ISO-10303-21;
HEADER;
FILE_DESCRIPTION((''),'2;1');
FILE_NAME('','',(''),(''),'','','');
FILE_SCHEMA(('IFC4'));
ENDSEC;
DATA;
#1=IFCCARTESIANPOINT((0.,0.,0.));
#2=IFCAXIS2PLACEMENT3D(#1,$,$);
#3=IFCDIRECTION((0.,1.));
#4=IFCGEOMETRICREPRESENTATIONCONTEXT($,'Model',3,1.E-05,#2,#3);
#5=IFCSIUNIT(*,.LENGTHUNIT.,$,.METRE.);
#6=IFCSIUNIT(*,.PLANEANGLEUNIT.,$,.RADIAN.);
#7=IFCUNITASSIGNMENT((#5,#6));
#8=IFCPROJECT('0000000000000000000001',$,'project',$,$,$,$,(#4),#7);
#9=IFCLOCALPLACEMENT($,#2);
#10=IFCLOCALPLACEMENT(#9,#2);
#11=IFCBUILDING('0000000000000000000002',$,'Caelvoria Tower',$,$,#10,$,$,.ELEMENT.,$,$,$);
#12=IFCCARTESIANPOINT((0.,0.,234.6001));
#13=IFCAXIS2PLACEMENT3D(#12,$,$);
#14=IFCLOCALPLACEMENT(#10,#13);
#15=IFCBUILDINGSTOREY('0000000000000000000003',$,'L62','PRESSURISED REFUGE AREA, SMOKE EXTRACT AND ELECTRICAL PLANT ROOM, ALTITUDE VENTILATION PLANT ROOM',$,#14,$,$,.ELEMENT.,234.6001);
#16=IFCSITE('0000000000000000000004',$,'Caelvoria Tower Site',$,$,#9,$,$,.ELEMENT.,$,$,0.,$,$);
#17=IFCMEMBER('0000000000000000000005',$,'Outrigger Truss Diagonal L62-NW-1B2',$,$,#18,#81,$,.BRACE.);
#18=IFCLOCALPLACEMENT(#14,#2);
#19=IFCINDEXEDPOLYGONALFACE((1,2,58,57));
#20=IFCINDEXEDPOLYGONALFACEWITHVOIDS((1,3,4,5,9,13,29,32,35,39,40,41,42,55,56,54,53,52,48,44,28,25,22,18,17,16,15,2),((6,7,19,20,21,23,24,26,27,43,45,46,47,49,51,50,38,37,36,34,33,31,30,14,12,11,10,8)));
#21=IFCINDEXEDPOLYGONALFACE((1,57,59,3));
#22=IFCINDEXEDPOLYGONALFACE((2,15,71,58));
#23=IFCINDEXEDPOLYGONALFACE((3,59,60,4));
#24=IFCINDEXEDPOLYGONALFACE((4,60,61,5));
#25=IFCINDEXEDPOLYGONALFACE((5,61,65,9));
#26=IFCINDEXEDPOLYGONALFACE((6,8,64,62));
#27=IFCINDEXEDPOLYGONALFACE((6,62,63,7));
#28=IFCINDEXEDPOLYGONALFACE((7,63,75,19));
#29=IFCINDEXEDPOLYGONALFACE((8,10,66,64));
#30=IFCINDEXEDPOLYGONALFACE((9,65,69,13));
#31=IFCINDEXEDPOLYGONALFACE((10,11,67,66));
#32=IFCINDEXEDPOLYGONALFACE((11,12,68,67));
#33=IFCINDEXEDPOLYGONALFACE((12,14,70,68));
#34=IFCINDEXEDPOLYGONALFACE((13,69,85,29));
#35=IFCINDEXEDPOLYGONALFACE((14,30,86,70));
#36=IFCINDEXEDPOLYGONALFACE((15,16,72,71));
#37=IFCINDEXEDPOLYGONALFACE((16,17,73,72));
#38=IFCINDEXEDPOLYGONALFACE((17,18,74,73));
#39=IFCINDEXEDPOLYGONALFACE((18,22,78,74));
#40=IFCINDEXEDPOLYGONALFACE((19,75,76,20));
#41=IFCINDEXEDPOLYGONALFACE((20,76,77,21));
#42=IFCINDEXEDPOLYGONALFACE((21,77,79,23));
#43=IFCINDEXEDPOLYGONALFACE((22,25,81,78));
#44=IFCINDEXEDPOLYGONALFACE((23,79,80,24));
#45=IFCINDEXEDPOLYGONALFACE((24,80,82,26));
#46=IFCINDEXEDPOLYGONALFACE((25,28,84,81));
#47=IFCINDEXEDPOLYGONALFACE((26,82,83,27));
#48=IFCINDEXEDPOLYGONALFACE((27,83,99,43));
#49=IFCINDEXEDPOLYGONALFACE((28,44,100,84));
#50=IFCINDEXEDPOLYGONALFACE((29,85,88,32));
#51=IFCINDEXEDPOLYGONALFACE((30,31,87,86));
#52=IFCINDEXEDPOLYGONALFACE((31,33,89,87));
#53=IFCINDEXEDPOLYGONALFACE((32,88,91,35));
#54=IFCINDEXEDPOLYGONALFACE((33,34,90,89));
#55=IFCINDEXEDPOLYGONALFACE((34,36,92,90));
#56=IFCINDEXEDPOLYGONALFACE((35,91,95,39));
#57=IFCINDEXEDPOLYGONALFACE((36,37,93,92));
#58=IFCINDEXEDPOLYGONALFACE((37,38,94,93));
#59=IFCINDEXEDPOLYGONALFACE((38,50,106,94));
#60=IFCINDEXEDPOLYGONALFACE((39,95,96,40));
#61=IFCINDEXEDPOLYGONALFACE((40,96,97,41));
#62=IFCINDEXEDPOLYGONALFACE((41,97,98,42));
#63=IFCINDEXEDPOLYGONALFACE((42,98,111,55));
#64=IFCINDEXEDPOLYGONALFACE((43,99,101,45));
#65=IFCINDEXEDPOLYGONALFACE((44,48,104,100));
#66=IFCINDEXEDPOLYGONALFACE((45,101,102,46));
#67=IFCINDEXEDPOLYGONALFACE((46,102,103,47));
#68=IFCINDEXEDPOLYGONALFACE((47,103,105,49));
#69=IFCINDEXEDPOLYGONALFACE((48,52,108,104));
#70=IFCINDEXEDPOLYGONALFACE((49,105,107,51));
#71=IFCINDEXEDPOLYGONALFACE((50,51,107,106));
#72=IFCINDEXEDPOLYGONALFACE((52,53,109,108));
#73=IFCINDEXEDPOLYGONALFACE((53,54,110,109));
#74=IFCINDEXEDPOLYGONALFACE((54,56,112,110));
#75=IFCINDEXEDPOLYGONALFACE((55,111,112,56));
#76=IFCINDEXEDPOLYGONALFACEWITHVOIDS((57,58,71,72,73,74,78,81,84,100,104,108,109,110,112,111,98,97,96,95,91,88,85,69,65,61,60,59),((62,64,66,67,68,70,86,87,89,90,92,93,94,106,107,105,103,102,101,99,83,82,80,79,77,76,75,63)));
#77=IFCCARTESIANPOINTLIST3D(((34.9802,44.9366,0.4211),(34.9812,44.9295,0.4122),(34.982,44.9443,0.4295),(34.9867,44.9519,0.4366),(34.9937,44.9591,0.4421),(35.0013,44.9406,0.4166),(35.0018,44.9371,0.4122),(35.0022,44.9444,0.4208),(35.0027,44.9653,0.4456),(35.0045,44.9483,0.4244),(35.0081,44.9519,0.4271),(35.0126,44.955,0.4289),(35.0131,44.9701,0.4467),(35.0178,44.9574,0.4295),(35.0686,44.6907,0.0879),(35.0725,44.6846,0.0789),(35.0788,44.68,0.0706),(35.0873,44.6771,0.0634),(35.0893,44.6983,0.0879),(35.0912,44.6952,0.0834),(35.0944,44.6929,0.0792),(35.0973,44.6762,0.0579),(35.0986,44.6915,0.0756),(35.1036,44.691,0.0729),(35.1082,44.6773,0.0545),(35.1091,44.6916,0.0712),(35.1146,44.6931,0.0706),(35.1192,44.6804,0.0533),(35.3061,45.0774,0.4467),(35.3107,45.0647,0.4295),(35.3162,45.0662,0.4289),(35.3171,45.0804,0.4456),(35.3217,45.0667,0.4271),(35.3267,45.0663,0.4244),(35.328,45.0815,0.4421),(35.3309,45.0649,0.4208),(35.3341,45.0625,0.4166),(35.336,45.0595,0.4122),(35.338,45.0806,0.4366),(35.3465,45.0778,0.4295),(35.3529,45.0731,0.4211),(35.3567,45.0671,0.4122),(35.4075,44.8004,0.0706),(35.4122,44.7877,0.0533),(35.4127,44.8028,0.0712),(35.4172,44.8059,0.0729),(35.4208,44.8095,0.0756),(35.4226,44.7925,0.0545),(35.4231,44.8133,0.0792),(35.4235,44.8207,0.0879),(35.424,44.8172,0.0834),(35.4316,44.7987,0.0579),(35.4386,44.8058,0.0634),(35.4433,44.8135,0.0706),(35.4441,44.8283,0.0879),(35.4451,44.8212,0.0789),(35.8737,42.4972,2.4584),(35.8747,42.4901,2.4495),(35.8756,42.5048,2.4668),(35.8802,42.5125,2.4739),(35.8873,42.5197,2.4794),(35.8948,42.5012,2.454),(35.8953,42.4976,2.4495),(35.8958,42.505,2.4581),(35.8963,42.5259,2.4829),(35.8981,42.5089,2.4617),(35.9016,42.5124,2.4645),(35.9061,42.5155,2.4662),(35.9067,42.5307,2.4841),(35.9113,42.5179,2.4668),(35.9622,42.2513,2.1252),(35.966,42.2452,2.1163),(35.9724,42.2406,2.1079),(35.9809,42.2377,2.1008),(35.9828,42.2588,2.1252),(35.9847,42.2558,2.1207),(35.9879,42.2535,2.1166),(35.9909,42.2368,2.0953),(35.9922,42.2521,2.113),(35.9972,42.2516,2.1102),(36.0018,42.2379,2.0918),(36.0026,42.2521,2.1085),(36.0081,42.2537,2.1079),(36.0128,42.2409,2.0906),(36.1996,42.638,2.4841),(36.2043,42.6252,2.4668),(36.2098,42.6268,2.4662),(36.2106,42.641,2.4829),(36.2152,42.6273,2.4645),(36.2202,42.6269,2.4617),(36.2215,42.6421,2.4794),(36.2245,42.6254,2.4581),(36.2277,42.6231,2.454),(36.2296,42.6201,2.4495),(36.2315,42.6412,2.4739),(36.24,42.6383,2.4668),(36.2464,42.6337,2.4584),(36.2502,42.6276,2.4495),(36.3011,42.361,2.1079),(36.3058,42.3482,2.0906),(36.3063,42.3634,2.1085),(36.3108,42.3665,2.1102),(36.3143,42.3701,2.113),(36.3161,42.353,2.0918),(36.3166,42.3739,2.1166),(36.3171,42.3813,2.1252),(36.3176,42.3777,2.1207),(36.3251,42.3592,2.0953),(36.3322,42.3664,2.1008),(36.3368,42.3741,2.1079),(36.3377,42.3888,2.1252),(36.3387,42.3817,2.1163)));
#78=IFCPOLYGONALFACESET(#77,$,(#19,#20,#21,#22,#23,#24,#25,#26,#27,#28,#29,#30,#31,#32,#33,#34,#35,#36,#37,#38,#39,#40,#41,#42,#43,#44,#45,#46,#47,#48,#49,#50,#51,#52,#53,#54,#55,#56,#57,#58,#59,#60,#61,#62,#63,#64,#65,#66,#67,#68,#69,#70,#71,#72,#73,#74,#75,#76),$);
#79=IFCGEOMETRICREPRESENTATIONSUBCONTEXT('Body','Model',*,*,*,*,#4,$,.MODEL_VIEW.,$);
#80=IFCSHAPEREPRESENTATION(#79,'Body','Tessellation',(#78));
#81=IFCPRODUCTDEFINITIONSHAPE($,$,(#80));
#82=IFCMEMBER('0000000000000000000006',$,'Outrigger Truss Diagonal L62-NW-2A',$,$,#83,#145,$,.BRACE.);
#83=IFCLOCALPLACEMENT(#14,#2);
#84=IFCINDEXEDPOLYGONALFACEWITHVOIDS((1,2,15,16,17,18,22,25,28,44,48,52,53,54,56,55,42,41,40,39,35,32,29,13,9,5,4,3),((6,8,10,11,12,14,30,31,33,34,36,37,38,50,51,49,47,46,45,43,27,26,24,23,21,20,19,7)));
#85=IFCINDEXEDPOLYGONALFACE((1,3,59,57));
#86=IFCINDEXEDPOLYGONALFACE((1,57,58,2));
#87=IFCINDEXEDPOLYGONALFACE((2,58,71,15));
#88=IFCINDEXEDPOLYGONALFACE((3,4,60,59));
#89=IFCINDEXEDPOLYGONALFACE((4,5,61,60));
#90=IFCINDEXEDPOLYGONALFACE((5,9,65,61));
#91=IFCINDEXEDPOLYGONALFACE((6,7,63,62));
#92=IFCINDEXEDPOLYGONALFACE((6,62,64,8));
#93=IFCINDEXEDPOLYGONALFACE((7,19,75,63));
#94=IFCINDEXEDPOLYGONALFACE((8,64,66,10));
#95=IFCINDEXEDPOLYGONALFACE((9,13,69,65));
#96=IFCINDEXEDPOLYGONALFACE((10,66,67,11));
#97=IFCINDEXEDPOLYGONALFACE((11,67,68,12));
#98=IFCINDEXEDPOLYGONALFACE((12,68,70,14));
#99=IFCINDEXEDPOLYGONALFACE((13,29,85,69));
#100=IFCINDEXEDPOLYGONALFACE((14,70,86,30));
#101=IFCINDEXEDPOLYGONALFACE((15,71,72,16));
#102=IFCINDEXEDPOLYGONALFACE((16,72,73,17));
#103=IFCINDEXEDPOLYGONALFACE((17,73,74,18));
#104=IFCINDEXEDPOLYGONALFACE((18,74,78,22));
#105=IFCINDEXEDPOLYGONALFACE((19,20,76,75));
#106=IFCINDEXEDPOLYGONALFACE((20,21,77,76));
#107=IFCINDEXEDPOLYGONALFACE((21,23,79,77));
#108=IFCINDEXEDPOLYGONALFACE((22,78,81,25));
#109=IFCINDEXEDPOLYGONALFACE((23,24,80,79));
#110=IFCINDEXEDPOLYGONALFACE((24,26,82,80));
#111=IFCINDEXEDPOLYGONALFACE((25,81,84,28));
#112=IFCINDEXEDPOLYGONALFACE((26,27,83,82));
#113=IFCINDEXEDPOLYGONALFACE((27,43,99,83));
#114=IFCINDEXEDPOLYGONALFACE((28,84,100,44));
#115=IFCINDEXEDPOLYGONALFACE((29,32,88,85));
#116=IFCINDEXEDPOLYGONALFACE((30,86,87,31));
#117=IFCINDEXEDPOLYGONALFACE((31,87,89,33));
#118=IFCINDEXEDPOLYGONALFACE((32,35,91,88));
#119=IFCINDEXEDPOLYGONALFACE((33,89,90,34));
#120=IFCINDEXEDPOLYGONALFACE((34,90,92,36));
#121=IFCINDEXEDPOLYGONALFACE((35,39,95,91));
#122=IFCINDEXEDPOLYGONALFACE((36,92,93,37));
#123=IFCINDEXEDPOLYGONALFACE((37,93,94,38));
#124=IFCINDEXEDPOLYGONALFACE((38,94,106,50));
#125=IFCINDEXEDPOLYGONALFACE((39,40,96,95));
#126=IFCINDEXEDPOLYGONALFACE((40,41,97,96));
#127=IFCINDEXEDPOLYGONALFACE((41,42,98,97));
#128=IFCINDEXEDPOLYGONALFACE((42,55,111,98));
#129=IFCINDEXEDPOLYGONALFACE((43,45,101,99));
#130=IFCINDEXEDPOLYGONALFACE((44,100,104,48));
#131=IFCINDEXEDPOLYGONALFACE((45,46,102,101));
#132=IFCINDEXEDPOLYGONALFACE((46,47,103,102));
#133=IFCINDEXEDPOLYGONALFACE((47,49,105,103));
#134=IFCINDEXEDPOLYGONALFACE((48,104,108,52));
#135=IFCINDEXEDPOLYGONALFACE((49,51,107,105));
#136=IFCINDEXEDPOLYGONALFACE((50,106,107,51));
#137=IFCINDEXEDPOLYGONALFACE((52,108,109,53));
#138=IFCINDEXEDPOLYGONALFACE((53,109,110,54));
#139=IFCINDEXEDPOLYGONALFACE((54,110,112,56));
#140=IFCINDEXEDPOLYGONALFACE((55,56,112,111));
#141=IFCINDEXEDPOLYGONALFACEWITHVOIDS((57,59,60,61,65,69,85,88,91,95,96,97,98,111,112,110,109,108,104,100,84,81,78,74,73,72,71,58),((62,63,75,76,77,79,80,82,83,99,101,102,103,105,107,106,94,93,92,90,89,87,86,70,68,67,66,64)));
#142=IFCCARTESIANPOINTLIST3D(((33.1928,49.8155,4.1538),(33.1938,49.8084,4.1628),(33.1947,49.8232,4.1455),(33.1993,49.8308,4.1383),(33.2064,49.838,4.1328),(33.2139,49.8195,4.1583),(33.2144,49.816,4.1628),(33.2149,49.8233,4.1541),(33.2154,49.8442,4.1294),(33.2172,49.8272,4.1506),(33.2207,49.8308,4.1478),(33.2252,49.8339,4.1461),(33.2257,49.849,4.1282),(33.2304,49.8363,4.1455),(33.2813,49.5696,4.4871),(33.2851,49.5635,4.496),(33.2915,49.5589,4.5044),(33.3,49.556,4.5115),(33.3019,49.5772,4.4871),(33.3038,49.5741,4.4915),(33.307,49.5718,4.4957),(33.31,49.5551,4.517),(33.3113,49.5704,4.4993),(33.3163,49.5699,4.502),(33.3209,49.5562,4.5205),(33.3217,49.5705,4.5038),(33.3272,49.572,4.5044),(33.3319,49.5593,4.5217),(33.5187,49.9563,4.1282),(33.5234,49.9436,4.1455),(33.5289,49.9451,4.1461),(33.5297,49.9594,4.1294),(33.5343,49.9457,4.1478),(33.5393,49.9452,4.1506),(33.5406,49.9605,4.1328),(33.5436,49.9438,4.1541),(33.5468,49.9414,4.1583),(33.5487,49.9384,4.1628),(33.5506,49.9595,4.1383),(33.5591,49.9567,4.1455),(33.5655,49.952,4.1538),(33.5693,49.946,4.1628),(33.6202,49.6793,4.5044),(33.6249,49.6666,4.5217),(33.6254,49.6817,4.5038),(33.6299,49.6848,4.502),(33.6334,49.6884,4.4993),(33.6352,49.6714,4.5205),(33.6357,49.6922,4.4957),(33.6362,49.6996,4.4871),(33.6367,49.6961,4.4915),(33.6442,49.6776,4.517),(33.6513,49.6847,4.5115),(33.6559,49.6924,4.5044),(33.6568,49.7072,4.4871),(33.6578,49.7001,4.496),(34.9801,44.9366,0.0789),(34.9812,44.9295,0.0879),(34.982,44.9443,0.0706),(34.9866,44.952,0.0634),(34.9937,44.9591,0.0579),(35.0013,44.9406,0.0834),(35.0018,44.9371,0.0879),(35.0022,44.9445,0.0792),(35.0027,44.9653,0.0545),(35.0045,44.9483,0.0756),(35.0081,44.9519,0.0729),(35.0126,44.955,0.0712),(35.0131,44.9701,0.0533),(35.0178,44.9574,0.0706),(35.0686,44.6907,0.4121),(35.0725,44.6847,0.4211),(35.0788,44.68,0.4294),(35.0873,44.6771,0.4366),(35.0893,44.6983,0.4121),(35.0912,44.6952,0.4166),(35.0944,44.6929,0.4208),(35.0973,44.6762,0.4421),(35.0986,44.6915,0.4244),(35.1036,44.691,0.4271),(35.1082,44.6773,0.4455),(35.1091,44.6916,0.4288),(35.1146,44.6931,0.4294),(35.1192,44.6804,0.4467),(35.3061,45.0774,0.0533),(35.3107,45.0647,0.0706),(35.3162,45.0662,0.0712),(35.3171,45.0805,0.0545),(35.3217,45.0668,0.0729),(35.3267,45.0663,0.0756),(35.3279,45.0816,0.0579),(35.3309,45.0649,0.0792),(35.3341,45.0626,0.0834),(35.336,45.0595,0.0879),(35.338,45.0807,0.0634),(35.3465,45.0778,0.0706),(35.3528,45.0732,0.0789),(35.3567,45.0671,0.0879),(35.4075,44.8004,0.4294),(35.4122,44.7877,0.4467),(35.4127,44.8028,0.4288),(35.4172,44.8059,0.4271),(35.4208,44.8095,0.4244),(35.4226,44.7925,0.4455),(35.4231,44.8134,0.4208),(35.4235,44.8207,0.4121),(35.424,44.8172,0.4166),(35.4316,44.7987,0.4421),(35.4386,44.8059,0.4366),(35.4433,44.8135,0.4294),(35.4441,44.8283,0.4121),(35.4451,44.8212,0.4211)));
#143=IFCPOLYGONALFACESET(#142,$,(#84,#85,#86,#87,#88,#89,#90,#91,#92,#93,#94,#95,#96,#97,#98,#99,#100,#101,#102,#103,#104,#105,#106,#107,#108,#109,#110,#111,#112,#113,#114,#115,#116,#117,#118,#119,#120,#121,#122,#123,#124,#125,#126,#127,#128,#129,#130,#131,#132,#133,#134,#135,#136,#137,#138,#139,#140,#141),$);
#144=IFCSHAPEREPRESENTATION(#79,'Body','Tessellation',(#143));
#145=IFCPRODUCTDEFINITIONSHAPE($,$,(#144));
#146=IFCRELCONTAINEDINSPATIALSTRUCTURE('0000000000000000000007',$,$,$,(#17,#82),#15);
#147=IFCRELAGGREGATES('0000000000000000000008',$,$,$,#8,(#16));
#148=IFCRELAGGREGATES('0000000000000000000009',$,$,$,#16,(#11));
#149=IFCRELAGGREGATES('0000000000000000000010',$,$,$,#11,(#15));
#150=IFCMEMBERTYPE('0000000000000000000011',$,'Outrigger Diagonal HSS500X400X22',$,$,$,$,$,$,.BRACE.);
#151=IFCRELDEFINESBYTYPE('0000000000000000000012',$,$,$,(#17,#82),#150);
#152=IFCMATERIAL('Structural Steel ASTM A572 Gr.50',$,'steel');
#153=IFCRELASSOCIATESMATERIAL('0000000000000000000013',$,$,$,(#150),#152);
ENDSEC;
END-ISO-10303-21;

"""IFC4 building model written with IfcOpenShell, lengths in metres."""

from ifc_helpers import new_model, si_unit, direction, frame, origin, origin_2d, place, context, subcontext, project, spatial, hollow_rectangle, extrude, material, material_profile, profile_set, type_object, element, save


model = new_model("IFC4")

# Units and contexts
model_context = context("Model", 3, precision=1e-05, world=origin(), true_north=direction((0.0, 1.0)))
body_context = subcontext(model_context, "Body", "Model", "MODEL_VIEW")
ifc_project = project(units=[si_unit("LENGTHUNIT", "METRE"), si_unit("PLANEANGLEUNIT", "RADIAN")], contexts=[model_context])

# Site, building, storey
site_placement = place(None, origin())
site = spatial("IfcSite", under=ifc_project, at=site_placement, Name="Caelvoria Tower Site", CompositionType="ELEMENT", RefElevation=0.0)
building_placement = place(site_placement, origin())
building = spatial("IfcBuilding", under=site, at=building_placement, Name="Caelvoria Tower", CompositionType="ELEMENT")
storey_placement = place(building_placement, frame((0.0, 0.0, 234.6001)))
storey = spatial("IfcBuildingStorey", under=building, at=storey_placement, Name="L62", Description="PRESSURISED REFUGE AREA, SMOKE EXTRACT AND ELECTRICAL PLANT ROOM, ALTITUDE VENTILATION PLANT ROOM", CompositionType="ELEMENT", Elevation=234.6001)

# Members
ifc_material_1 = material(Name="Structural Steel ASTM A572 Gr.50", Category="steel")
ifc_material_profile_1 = material_profile(ifc_material_1, hollow_rectangle(XDim=0.3999, YDim=0.5, WallThickness=0.022, InnerFilletRadius=0.022, OuterFilletRadius=0.0439, at=origin_2d()), Name="Structural Steel ASTM A572 Gr.50")
ifc_profile_set_1 = profile_set([ifc_material_profile_1], Name="HSS500X400X22 - Structural Steel ASTM A572 Gr.50")
member_type_1 = type_object("IfcMemberType", Name="Outrigger Diagonal HSS500X400X22", PredefinedType="BRACE", material=ifc_profile_set_1)
member_1_placement = place(storey_placement, frame((36.1062, 42.4395, 2.2874), z_axis=(-0.270648, 0.738883, -0.617091), x_axis=(-0.93899, -0.343945, 0.0)))
element("IfcMember", 1, at=member_1_placement, inside=storey, type_object=member_type_1, Name="Outrigger Truss Diagonal L62-NW-1B2", PredefinedType="BRACE", context=body_context, shape_type="SweptSolid", body=[
    extrude(hollow_rectangle(XDim=0.3999, YDim=0.5, WallThickness=0.022, InnerFilletRadius=0.022, OuterFilletRadius=0.0439, at=origin_2d()), origin(), (0.0, 0.0, 1.0), 3.3015),
])
member_2_placement = place(storey_placement, frame((35.2126, 44.8789, 0.25), z_axis=(-0.270676, 0.738859, 0.617108), x_axis=(-0.938974, -0.343987, 0.0)))
element("IfcMember", 2, at=member_2_placement, inside=storey, type_object=member_type_1, Name="Outrigger Truss Diagonal L62-NW-2A", PredefinedType="BRACE", context=body_context, shape_type="SweptSolid", body=[
    extrude(hollow_rectangle(XDim=0.3999, YDim=0.5, WallThickness=0.022, InnerFilletRadius=0.022, OuterFilletRadius=0.0439, at=origin_2d()), origin(), (0.0, 0.0, 1.0), 6.6033),
])

save(model, "model.ifc")
